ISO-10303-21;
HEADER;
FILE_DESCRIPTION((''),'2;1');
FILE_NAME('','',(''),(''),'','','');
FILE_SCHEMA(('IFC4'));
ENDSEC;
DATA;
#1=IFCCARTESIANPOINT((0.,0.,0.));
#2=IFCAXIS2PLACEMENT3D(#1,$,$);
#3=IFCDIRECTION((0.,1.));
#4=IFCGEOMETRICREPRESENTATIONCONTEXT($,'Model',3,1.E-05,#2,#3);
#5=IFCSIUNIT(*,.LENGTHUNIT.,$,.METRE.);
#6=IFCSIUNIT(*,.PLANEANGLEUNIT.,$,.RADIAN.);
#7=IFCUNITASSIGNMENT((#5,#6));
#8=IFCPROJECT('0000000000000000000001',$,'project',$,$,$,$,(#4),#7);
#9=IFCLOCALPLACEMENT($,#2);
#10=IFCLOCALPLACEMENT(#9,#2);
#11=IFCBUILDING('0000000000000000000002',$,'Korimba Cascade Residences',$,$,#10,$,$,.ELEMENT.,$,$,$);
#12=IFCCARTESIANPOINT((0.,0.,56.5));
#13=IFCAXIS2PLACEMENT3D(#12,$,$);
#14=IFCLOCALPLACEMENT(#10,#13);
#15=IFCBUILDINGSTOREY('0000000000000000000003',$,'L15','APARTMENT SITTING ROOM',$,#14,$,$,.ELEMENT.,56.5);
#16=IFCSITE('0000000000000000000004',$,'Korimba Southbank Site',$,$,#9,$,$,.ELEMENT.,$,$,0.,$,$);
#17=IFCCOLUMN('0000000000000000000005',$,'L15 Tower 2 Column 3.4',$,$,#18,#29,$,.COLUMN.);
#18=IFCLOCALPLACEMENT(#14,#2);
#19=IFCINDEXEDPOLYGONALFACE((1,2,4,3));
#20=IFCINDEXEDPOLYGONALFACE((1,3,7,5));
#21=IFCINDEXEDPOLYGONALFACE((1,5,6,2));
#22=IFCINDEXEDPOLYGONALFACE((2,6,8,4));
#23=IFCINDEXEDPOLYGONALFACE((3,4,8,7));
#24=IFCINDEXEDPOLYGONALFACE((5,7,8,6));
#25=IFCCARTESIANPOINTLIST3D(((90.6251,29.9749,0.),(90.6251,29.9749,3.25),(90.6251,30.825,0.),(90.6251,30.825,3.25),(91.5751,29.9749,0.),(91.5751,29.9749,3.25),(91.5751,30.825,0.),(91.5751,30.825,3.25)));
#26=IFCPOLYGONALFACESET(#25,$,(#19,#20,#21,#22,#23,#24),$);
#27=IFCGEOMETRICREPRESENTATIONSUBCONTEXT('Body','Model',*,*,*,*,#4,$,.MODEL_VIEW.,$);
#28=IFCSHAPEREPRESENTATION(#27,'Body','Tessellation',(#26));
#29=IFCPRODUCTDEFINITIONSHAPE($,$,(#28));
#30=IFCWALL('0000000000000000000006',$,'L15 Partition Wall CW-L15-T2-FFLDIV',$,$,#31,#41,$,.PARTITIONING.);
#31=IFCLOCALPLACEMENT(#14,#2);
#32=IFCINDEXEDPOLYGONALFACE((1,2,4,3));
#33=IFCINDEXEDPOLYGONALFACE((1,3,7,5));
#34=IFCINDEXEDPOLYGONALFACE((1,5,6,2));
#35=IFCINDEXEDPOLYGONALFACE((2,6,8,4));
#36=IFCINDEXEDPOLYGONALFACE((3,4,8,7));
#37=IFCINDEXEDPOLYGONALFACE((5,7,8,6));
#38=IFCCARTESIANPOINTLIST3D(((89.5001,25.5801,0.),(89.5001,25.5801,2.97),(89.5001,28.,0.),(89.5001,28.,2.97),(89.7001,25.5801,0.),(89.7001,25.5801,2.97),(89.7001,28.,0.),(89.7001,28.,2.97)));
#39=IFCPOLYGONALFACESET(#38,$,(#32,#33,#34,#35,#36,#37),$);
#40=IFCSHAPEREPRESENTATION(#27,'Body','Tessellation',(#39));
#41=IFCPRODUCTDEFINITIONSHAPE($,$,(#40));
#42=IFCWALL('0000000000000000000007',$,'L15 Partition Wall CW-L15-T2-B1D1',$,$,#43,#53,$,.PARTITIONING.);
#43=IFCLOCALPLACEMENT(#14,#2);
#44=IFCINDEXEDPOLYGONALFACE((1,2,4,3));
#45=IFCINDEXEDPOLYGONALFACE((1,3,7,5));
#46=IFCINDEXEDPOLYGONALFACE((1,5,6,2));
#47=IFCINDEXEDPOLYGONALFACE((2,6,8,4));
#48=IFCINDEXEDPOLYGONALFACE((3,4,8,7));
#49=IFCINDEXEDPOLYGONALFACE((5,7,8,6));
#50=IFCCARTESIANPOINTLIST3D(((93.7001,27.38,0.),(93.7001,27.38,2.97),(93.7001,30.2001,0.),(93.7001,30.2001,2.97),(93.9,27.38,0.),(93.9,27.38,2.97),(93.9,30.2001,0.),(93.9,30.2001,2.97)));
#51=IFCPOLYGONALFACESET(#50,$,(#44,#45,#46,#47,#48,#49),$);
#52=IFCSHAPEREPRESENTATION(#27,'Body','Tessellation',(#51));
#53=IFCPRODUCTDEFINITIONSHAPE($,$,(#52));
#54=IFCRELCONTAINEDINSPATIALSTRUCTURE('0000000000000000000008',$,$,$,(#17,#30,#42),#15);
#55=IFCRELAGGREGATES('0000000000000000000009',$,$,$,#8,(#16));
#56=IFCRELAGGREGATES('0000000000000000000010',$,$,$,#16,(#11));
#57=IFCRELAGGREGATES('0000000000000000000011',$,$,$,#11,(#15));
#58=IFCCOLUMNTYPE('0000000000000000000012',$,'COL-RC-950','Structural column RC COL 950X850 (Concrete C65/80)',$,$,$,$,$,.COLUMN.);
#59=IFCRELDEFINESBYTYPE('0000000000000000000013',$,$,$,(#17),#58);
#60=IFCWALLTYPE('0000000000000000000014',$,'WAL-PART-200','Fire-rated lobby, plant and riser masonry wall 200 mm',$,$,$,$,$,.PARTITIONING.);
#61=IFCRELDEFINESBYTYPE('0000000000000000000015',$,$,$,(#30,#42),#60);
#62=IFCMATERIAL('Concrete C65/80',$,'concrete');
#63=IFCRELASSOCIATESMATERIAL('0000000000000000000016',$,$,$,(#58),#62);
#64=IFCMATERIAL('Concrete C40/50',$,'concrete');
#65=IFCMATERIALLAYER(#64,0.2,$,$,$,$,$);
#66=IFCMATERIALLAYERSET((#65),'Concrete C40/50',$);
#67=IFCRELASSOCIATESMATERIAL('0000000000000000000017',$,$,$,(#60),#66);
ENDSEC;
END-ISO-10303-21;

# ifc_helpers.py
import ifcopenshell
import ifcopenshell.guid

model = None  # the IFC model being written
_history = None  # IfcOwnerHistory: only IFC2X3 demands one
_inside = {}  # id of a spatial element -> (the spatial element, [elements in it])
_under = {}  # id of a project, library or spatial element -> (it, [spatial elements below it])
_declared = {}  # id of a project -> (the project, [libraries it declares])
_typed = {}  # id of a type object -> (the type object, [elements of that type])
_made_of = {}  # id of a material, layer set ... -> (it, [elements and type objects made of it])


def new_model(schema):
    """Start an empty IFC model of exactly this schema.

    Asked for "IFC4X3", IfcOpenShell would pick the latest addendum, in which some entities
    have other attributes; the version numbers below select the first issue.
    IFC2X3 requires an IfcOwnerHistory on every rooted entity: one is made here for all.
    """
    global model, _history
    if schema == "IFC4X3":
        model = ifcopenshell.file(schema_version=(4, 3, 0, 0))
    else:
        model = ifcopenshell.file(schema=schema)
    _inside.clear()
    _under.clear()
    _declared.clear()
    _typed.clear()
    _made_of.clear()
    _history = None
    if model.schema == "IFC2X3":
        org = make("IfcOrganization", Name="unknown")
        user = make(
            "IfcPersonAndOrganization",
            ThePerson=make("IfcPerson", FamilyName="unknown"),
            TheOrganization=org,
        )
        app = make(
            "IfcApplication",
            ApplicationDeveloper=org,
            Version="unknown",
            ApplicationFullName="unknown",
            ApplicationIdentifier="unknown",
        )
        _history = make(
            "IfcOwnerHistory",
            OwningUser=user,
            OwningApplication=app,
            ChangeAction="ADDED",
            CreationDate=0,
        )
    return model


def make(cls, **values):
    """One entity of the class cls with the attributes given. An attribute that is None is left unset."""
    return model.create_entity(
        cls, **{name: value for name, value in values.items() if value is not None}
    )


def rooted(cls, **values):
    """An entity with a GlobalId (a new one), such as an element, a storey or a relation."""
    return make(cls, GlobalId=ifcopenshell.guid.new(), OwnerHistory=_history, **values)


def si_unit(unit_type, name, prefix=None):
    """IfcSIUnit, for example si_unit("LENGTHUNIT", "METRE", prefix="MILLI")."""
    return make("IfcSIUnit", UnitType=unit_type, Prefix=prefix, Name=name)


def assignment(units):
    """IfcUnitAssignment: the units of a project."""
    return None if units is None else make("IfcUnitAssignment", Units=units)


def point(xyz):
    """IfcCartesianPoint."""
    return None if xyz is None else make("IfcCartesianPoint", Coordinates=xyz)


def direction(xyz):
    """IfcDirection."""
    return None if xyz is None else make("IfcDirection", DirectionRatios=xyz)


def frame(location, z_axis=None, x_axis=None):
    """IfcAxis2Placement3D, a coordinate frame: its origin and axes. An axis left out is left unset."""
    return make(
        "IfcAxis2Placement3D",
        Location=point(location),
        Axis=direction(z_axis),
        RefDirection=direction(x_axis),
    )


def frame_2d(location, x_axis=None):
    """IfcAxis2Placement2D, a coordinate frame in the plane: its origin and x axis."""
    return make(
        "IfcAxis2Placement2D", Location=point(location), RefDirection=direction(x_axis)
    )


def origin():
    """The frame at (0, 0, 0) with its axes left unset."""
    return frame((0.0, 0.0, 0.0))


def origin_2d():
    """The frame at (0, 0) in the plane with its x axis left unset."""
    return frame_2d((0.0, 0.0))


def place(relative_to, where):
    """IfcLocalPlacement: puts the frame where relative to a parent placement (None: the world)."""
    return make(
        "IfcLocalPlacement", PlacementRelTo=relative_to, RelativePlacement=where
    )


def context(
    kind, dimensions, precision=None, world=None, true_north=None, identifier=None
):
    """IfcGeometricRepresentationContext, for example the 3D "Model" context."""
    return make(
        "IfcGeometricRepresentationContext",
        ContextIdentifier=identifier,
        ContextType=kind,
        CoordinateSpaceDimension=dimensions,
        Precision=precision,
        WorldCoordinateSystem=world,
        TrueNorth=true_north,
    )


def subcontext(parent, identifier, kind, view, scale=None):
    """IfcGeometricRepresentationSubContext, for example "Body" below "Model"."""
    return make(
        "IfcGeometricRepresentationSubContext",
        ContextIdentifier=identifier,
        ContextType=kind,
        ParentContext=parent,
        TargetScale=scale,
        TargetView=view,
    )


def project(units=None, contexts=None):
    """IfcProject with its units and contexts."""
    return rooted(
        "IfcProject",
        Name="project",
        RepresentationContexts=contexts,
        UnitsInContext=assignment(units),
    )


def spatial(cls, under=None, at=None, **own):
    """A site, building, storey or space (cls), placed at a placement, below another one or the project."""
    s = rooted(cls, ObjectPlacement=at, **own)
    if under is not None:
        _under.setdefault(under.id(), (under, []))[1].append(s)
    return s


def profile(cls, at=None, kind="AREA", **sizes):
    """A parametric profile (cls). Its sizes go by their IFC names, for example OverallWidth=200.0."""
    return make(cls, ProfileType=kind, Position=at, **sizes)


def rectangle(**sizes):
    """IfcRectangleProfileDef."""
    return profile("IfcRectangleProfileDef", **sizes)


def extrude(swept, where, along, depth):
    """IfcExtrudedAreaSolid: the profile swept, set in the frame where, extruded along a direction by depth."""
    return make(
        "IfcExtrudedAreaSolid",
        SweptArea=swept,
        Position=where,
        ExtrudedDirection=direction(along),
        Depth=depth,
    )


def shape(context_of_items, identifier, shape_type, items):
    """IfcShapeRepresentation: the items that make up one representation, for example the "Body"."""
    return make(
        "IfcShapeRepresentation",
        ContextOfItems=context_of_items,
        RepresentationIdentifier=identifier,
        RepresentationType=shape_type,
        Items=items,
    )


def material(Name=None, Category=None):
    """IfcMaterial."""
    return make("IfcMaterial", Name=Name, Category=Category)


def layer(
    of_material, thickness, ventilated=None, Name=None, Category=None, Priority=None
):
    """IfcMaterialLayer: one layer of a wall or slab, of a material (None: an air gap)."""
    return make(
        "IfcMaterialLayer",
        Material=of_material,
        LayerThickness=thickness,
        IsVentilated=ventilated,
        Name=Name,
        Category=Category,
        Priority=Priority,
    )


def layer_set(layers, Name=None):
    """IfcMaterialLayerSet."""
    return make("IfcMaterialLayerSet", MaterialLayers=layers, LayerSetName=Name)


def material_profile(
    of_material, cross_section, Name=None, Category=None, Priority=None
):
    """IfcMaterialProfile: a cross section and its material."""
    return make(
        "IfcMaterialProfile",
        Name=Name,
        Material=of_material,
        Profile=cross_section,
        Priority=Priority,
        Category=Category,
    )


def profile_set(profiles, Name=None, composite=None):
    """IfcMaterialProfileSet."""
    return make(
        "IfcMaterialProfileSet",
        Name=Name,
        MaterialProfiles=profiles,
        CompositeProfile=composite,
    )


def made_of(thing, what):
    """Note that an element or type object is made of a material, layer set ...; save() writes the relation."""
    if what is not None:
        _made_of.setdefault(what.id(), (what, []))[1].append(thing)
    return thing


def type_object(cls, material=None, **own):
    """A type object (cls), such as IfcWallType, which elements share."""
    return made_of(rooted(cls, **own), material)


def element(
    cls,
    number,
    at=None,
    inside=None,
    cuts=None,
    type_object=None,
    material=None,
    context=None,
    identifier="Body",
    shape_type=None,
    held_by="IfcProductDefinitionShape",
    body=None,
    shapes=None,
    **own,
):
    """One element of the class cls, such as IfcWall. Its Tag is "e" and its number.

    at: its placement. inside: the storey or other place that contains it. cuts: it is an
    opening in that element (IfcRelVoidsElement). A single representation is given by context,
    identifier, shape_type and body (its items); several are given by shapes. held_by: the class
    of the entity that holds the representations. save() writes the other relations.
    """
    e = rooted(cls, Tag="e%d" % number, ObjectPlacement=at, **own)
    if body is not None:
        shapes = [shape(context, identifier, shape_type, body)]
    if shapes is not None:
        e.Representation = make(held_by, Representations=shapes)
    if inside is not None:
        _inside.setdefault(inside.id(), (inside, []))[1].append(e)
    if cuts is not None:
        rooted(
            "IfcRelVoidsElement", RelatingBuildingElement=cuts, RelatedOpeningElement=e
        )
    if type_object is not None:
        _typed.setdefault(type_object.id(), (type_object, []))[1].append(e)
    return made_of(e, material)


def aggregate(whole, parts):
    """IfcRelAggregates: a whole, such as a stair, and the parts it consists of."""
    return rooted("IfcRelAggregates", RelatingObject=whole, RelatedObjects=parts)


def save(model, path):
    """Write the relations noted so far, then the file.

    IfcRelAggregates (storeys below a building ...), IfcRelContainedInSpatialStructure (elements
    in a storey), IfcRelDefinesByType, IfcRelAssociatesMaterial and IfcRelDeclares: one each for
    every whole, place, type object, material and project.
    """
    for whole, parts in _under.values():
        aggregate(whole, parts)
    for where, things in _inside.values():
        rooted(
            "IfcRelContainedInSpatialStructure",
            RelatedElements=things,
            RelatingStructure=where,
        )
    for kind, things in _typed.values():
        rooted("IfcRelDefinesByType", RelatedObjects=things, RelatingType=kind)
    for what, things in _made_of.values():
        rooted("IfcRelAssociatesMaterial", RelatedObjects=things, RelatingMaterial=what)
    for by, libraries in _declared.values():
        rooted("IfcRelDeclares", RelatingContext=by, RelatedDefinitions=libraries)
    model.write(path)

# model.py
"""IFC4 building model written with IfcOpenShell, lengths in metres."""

from ifc_helpers import new_model, si_unit, direction, frame, frame_2d, origin, origin_2d, place, context, subcontext, project, spatial, rectangle, extrude, material, layer, layer_set, material_profile, profile_set, type_object, element, save


model = new_model("IFC4")

# Units and contexts
model_context = context("Model", 3, precision=1e-05, world=origin(), true_north=direction((0.0, 1.0)))
body_context = subcontext(model_context, "Body", "Model", "MODEL_VIEW")
ifc_project = project(units=[si_unit("LENGTHUNIT", "METRE"), si_unit("PLANEANGLEUNIT", "RADIAN")], contexts=[model_context])

# Site, building, storey
site_placement = place(None, origin())
site = spatial("IfcSite", under=ifc_project, at=site_placement, Name="Korimba Southbank Site", CompositionType="ELEMENT", RefElevation=0.0)
building_placement = place(site_placement, origin())
building = spatial("IfcBuilding", under=site, at=building_placement, Name="Korimba Cascade Residences", CompositionType="ELEMENT")
storey_placement = place(building_placement, frame((0.0, 0.0, 56.5)))
storey = spatial("IfcBuildingStorey", under=building, at=storey_placement, Name="L15", Description="APARTMENT SITTING ROOM", CompositionType="ELEMENT", Elevation=56.5)

# Column
ifc_material_1 = material(Name="Concrete C65/80", Category="concrete")
ifc_material_profile = material_profile(ifc_material_1, rectangle(XDim=0.95, YDim=0.8501, at=origin_2d()), Name="Concrete C65/80")
ifc_profile_set = profile_set([ifc_material_profile], Name="Concrete C65/80")
column_type = type_object("IfcColumnType", Name="COL-RC-950", Description="Structural column RC COL 950X850 (Concrete C65/80)", PredefinedType="COLUMN", material=ifc_profile_set)
column_placement = place(storey_placement, frame((91.1001, 30.3999, 0.0), z_axis=(0.0, 0.0, 1.0), x_axis=(1.0, 0.0, 0.0)))
element("IfcColumn", 1, at=column_placement, inside=storey, type_object=column_type, Name="L15 Tower 2 Column 3.4", PredefinedType="COLUMN", context=body_context, shape_type="SweptSolid", body=[
    extrude(rectangle(XDim=0.95, YDim=0.8501, at=origin_2d()), origin(), (0.0, 0.0, 1.0), 3.25),
])

# Walls
ifc_material_2 = material(Name="Concrete C40/50", Category="concrete")
ifc_layer_1 = layer(ifc_material_2, 0.2)
ifc_layer_set_1 = layer_set([ifc_layer_1], Name="Concrete C40/50")
wall_type_1 = type_object("IfcWallType", Name="WAL-PART-200", Description="Fire-rated lobby, plant and riser masonry wall 200 mm", PredefinedType="PARTITIONING", material=ifc_layer_set_1)
wall_1_placement = place(storey_placement, frame((89.6001, 25.5801, 0.0), z_axis=(0.0, 0.0, 1.0), x_axis=(0.0, 1.0, 0.0)))
element("IfcWall", 2, at=wall_1_placement, inside=storey, type_object=wall_type_1, Name="L15 Partition Wall CW-L15-T2-FFLDIV", PredefinedType="PARTITIONING", context=body_context, shape_type="SweptSolid", body=[
    extrude(rectangle(XDim=2.4199, YDim=0.2, at=frame_2d((1.21, 0.0))), origin(), (0.0, 0.0, 1.0), 2.97),
])
wall_2_placement = place(storey_placement, frame((93.8, 27.3799, 0.0), z_axis=(0.0, 0.0, 1.0), x_axis=(0.0, 1.0, 0.0)))
element("IfcWall", 3, at=wall_2_placement, inside=storey, type_object=wall_type_1, Name="L15 Partition Wall CW-L15-T2-B1D1", PredefinedType="PARTITIONING", context=body_context, shape_type="SweptSolid", body=[
    extrude(rectangle(XDim=2.8201, YDim=0.2, at=frame_2d((1.4102, 0.0))), origin(), (0.0, 0.0, 1.0), 2.97),
])

save(model, "model.ifc")
